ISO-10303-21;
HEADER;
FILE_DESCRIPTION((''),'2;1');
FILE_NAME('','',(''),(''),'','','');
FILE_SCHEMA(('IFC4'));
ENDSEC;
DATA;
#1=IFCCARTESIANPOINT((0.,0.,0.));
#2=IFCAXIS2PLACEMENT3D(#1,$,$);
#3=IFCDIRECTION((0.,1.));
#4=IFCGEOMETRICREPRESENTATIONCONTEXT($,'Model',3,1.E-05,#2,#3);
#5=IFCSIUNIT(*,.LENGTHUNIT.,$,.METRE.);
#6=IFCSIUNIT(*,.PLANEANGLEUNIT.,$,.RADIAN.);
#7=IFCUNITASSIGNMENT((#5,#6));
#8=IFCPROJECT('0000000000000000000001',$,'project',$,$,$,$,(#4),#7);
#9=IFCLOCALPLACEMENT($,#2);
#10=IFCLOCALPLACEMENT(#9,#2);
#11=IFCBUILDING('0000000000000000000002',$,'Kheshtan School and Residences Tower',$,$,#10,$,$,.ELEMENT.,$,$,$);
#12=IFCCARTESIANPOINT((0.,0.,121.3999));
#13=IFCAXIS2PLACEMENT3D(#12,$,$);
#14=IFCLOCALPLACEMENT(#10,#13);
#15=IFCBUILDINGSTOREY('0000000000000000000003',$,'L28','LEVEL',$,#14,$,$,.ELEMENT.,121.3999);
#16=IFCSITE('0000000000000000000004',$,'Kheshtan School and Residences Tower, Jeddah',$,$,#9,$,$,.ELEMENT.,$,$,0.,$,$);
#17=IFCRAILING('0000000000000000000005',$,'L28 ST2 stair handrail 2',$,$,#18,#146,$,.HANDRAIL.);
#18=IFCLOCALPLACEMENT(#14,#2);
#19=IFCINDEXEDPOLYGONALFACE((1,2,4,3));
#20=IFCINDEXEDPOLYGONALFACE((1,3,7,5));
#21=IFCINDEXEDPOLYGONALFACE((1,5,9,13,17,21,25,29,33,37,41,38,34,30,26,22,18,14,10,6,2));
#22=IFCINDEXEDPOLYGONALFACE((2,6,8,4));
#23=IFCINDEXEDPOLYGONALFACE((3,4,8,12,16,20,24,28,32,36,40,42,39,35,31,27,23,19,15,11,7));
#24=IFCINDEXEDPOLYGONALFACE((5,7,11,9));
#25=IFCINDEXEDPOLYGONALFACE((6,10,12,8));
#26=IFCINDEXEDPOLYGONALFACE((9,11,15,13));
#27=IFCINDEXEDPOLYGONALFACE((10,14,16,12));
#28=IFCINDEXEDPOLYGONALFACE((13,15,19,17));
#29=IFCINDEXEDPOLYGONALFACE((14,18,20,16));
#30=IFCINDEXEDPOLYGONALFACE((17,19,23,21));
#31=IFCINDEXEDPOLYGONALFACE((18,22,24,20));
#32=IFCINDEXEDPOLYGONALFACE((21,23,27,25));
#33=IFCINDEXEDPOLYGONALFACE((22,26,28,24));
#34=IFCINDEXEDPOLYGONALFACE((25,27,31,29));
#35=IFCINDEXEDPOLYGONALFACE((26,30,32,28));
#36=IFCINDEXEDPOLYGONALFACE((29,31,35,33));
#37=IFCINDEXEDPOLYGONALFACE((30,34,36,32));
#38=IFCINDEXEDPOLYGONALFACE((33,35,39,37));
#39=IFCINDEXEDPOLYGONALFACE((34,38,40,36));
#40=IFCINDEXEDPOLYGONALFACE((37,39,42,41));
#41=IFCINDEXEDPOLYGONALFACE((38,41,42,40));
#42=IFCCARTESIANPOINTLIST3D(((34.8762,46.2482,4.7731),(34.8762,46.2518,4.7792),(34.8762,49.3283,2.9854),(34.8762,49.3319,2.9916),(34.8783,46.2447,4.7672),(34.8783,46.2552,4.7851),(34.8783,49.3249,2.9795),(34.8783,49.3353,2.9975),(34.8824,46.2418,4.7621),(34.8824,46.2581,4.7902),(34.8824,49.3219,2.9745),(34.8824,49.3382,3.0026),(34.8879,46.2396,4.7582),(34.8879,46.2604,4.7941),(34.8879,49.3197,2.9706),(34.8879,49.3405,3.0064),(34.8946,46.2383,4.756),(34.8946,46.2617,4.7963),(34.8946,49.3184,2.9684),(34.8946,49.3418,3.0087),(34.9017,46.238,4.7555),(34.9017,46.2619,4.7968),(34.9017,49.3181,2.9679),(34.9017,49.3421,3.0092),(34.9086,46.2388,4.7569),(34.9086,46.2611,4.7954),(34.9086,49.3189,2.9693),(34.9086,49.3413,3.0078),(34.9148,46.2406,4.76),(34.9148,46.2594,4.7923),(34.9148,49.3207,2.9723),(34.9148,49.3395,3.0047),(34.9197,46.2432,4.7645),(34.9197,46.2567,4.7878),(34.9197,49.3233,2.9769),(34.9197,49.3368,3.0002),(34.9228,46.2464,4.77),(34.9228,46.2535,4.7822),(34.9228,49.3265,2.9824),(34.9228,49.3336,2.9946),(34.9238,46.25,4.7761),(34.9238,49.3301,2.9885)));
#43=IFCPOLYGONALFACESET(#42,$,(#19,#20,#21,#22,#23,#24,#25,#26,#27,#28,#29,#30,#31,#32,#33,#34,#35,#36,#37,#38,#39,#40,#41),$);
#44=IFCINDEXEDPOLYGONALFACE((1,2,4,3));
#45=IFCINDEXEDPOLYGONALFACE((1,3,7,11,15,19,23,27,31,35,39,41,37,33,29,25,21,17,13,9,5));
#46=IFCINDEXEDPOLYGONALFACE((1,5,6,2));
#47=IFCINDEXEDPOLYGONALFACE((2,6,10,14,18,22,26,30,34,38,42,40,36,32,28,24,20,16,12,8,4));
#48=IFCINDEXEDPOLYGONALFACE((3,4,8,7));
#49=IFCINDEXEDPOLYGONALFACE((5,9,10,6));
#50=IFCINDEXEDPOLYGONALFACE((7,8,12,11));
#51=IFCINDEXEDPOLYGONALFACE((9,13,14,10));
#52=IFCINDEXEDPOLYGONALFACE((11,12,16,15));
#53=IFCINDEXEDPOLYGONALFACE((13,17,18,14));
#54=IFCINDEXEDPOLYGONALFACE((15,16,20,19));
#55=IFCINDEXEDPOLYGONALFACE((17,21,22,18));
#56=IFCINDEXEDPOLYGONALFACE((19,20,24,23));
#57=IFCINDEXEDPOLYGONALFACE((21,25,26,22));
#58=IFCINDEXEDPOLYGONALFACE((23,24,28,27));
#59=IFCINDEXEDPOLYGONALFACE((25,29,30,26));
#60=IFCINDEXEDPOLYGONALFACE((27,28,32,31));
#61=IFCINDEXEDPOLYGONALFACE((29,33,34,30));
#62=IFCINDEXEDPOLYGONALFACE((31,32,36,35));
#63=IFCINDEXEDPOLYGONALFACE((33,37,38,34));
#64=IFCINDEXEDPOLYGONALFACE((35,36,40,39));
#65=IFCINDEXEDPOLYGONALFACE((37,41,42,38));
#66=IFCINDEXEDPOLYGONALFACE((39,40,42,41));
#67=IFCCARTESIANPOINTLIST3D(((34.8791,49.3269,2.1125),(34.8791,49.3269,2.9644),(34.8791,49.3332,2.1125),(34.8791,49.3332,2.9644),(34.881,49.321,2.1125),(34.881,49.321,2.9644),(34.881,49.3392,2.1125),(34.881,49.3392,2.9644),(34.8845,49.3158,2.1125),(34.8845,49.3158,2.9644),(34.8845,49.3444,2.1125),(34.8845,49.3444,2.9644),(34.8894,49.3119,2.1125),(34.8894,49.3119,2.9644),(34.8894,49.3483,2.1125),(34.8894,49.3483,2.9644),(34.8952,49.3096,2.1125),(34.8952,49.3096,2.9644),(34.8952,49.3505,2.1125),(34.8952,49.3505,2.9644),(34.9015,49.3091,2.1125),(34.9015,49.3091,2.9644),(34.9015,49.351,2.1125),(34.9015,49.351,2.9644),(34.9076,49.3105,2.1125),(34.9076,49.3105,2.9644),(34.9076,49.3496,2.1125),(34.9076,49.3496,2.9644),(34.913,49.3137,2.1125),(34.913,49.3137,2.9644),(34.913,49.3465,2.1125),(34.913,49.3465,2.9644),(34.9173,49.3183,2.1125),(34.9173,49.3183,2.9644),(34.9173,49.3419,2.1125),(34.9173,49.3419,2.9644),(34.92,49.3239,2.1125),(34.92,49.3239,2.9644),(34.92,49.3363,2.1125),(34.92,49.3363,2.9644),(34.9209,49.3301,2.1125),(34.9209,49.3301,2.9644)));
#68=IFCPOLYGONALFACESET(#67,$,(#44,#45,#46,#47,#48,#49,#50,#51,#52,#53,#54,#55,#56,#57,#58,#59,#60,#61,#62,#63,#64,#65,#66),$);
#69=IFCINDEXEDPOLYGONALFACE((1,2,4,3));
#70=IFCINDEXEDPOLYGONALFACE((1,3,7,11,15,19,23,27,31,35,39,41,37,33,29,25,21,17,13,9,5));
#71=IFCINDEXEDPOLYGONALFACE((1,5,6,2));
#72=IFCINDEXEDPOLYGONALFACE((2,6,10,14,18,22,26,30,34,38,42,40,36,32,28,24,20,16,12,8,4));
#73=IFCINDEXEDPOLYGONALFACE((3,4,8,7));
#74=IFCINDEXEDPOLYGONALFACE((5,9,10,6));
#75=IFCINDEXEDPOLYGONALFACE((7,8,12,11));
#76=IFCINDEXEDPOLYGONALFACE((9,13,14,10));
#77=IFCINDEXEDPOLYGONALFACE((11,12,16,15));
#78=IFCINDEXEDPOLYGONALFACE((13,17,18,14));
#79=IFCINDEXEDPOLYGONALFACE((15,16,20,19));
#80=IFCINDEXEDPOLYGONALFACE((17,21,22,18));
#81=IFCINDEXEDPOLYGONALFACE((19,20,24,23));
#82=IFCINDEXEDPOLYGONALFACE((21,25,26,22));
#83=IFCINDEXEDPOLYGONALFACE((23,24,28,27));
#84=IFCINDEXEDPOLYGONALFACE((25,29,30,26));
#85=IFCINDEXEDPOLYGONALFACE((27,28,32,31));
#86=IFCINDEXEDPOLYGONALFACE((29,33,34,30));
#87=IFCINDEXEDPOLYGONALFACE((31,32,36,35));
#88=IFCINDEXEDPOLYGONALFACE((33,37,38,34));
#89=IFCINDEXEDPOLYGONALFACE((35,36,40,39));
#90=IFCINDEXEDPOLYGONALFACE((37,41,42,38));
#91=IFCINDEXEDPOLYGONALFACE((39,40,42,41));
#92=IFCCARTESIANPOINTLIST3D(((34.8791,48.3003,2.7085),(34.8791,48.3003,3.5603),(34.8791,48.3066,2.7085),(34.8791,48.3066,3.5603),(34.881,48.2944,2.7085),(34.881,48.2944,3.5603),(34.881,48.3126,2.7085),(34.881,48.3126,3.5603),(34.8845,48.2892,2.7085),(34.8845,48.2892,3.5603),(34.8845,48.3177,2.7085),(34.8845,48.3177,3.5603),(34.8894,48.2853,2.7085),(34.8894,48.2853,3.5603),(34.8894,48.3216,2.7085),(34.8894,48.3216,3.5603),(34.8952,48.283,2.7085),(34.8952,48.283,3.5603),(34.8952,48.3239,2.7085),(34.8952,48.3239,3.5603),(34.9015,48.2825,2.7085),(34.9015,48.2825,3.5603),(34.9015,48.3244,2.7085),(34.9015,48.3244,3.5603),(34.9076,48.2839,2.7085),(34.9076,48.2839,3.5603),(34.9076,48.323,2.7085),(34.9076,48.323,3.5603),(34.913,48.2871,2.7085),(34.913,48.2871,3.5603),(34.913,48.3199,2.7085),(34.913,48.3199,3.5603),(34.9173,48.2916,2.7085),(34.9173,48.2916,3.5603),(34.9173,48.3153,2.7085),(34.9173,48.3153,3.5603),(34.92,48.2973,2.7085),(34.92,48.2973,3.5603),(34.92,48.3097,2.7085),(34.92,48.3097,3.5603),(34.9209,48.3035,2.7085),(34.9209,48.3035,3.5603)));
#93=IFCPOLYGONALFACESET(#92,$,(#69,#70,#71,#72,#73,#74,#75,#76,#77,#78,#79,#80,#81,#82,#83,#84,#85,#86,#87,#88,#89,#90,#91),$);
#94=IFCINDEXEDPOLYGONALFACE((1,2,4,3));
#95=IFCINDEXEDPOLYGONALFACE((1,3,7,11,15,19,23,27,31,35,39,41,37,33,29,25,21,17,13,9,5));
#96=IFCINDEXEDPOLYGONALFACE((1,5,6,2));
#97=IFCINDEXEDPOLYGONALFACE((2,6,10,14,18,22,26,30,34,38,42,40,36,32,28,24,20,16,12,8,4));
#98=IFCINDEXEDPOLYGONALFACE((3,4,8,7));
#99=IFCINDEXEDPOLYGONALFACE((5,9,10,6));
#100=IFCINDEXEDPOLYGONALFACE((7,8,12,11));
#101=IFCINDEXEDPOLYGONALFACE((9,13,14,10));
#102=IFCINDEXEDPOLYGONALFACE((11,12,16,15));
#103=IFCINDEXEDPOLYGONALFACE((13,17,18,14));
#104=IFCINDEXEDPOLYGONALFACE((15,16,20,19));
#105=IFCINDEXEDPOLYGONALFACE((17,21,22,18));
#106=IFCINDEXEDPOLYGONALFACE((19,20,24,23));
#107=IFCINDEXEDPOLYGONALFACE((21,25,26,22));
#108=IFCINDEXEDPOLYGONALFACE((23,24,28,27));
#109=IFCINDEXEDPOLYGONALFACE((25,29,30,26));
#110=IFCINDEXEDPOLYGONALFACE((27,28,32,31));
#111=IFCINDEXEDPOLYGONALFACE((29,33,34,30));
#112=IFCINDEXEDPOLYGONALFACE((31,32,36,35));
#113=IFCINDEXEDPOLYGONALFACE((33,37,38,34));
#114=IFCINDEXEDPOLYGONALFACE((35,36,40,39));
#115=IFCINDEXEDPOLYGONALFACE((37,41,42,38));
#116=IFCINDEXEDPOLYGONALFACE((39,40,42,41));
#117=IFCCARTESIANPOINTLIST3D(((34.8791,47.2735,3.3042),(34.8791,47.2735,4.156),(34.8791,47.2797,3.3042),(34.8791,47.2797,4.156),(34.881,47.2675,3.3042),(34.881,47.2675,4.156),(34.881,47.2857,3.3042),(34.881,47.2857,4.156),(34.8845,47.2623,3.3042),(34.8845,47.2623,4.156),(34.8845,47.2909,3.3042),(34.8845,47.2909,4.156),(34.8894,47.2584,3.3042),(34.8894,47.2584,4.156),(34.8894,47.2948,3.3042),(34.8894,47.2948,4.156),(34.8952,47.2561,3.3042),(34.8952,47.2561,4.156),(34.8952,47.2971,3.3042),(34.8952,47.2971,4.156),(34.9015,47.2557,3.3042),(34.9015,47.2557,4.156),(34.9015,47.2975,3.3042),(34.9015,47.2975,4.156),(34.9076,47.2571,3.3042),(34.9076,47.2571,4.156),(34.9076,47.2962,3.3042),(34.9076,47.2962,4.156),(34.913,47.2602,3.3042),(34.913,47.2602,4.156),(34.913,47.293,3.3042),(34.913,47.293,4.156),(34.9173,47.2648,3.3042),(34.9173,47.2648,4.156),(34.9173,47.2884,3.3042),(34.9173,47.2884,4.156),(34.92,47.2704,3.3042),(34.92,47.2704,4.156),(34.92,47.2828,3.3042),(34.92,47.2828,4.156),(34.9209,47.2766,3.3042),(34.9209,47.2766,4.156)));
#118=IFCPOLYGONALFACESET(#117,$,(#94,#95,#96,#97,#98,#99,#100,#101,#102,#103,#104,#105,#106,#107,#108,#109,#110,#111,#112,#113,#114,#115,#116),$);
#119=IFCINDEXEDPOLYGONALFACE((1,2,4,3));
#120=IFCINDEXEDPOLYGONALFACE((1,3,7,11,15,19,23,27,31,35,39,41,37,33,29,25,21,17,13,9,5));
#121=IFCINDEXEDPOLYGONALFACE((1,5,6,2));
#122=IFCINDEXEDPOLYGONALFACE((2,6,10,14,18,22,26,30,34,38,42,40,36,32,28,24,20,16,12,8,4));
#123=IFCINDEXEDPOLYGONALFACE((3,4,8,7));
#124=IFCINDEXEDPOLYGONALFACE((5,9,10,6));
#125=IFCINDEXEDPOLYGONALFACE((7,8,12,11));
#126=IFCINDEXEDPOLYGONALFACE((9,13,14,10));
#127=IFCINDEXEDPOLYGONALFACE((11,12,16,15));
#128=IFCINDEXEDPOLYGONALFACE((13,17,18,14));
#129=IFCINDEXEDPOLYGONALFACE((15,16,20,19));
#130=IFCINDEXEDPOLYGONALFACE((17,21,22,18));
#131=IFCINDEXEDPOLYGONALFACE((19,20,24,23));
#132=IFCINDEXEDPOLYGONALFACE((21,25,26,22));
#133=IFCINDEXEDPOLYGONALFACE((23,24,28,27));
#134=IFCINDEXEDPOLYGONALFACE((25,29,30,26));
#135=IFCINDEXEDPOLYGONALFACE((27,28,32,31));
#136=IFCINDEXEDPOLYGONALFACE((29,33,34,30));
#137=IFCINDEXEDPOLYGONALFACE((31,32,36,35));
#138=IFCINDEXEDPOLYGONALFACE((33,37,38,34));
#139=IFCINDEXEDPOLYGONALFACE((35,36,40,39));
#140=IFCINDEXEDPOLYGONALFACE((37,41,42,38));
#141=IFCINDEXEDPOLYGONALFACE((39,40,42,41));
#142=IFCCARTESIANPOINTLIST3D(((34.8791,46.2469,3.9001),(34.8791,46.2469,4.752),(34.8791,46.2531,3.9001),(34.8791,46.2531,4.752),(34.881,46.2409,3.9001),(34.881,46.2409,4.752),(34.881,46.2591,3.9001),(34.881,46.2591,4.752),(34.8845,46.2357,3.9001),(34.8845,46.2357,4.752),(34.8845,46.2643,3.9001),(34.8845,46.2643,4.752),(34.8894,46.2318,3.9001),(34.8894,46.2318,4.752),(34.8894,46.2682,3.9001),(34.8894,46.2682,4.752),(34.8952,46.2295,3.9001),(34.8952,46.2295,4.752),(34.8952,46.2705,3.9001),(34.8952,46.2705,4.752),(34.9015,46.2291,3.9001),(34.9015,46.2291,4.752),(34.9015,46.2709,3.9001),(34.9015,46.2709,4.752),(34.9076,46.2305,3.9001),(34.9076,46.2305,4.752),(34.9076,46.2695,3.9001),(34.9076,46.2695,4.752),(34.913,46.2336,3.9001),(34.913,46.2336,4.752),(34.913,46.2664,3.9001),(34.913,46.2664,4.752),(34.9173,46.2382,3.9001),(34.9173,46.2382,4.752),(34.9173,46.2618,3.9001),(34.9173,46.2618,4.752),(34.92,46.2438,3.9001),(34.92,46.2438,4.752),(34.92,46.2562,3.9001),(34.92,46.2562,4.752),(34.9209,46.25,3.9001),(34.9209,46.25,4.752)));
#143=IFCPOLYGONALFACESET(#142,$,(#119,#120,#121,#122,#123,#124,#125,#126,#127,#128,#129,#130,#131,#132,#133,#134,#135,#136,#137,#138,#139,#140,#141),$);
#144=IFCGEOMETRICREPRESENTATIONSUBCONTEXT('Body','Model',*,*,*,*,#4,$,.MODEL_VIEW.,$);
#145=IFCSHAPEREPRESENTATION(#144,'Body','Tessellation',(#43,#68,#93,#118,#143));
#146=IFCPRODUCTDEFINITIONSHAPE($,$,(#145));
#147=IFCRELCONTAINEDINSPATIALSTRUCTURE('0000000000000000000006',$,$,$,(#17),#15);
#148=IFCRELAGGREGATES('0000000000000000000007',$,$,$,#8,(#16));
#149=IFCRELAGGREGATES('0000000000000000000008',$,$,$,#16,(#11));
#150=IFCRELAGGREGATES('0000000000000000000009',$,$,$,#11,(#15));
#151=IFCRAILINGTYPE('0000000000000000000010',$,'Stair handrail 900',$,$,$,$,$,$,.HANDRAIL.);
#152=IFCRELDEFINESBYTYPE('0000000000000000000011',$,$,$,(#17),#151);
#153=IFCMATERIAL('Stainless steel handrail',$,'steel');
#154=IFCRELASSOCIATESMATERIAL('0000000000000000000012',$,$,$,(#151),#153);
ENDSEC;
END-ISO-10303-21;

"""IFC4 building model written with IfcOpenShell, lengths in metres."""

from ifc_helpers import new_model, si_unit, direction, frame, origin, origin_2d, place, context, subcontext, project, spatial, circle, extrude, material, type_object, element, save


model = new_model("IFC4")

# Units and contexts
model_context = context("Model", 3, precision=1e-05, world=origin(), true_north=direction((0.0, 1.0)))
body_context = subcontext(model_context, "Body", "Model", "MODEL_VIEW")
ifc_project = project(units=[si_unit("LENGTHUNIT", "METRE"), si_unit("PLANEANGLEUNIT", "RADIAN")], contexts=[model_context])

# Site, building, storey
site_placement = place(None, origin())
site = spatial("IfcSite", under=ifc_project, at=site_placement, Name="Kheshtan School and Residences Tower, Jeddah", CompositionType="ELEMENT", RefElevation=0.0)
building_placement = place(site_placement, origin())
building = spatial("IfcBuilding", under=site, at=building_placement, Name="Kheshtan School and Residences Tower", CompositionType="ELEMENT")
storey_placement = place(building_placement, frame((0.0, 0.0, 121.3999)))
storey = spatial("IfcBuildingStorey", under=building, at=storey_placement, Name="L28", Description="LEVEL", CompositionType="ELEMENT", Elevation=121.3999)

# Railing
ifc_material_1 = material(Name="Stainless steel handrail", Category="steel")
railing_type_1 = type_object("IfcRailingType", Name="Stair handrail 900", PredefinedType="HANDRAIL", material=ifc_material_1)
railing_1_placement = place(storey_placement, frame((34.8999, 49.3301, 2.1125)))
element("IfcRailing", 1, at=railing_1_placement, inside=storey, type_object=railing_type_1, Name="L28 ST2 stair handrail 2", PredefinedType="HANDRAIL", context=body_context, shape_type="SweptSolid", body=[
    extrude(circle(Radius=0.0239, at=origin_2d()), frame((0.0, 0.0, 0.876), z_axis=(0.0, -0.864891, 0.50196), x_axis=(1.0, 0.0, 0.0)), (0.0, 0.0, 1.0), 3.5613),
    extrude(circle(Radius=0.021, at=origin_2d()), origin(), (0.0, 0.0, 1.0), 0.8518),
    extrude(circle(Radius=0.021, at=origin_2d()), frame((0.0, -1.0266, 0.5959)), (0.0, 0.0, 1.0), 0.8518),
    extrude(circle(Radius=0.021, at=origin_2d()), frame((0.0, -2.0535, 1.1917)), (0.0, 0.0, 1.0), 0.8518),
    extrude(circle(Radius=0.021, at=origin_2d()), frame((0.0, -3.0801, 1.7876)), (0.0, 0.0, 1.0), 0.8518),
])

save(model, "model.ifc")
